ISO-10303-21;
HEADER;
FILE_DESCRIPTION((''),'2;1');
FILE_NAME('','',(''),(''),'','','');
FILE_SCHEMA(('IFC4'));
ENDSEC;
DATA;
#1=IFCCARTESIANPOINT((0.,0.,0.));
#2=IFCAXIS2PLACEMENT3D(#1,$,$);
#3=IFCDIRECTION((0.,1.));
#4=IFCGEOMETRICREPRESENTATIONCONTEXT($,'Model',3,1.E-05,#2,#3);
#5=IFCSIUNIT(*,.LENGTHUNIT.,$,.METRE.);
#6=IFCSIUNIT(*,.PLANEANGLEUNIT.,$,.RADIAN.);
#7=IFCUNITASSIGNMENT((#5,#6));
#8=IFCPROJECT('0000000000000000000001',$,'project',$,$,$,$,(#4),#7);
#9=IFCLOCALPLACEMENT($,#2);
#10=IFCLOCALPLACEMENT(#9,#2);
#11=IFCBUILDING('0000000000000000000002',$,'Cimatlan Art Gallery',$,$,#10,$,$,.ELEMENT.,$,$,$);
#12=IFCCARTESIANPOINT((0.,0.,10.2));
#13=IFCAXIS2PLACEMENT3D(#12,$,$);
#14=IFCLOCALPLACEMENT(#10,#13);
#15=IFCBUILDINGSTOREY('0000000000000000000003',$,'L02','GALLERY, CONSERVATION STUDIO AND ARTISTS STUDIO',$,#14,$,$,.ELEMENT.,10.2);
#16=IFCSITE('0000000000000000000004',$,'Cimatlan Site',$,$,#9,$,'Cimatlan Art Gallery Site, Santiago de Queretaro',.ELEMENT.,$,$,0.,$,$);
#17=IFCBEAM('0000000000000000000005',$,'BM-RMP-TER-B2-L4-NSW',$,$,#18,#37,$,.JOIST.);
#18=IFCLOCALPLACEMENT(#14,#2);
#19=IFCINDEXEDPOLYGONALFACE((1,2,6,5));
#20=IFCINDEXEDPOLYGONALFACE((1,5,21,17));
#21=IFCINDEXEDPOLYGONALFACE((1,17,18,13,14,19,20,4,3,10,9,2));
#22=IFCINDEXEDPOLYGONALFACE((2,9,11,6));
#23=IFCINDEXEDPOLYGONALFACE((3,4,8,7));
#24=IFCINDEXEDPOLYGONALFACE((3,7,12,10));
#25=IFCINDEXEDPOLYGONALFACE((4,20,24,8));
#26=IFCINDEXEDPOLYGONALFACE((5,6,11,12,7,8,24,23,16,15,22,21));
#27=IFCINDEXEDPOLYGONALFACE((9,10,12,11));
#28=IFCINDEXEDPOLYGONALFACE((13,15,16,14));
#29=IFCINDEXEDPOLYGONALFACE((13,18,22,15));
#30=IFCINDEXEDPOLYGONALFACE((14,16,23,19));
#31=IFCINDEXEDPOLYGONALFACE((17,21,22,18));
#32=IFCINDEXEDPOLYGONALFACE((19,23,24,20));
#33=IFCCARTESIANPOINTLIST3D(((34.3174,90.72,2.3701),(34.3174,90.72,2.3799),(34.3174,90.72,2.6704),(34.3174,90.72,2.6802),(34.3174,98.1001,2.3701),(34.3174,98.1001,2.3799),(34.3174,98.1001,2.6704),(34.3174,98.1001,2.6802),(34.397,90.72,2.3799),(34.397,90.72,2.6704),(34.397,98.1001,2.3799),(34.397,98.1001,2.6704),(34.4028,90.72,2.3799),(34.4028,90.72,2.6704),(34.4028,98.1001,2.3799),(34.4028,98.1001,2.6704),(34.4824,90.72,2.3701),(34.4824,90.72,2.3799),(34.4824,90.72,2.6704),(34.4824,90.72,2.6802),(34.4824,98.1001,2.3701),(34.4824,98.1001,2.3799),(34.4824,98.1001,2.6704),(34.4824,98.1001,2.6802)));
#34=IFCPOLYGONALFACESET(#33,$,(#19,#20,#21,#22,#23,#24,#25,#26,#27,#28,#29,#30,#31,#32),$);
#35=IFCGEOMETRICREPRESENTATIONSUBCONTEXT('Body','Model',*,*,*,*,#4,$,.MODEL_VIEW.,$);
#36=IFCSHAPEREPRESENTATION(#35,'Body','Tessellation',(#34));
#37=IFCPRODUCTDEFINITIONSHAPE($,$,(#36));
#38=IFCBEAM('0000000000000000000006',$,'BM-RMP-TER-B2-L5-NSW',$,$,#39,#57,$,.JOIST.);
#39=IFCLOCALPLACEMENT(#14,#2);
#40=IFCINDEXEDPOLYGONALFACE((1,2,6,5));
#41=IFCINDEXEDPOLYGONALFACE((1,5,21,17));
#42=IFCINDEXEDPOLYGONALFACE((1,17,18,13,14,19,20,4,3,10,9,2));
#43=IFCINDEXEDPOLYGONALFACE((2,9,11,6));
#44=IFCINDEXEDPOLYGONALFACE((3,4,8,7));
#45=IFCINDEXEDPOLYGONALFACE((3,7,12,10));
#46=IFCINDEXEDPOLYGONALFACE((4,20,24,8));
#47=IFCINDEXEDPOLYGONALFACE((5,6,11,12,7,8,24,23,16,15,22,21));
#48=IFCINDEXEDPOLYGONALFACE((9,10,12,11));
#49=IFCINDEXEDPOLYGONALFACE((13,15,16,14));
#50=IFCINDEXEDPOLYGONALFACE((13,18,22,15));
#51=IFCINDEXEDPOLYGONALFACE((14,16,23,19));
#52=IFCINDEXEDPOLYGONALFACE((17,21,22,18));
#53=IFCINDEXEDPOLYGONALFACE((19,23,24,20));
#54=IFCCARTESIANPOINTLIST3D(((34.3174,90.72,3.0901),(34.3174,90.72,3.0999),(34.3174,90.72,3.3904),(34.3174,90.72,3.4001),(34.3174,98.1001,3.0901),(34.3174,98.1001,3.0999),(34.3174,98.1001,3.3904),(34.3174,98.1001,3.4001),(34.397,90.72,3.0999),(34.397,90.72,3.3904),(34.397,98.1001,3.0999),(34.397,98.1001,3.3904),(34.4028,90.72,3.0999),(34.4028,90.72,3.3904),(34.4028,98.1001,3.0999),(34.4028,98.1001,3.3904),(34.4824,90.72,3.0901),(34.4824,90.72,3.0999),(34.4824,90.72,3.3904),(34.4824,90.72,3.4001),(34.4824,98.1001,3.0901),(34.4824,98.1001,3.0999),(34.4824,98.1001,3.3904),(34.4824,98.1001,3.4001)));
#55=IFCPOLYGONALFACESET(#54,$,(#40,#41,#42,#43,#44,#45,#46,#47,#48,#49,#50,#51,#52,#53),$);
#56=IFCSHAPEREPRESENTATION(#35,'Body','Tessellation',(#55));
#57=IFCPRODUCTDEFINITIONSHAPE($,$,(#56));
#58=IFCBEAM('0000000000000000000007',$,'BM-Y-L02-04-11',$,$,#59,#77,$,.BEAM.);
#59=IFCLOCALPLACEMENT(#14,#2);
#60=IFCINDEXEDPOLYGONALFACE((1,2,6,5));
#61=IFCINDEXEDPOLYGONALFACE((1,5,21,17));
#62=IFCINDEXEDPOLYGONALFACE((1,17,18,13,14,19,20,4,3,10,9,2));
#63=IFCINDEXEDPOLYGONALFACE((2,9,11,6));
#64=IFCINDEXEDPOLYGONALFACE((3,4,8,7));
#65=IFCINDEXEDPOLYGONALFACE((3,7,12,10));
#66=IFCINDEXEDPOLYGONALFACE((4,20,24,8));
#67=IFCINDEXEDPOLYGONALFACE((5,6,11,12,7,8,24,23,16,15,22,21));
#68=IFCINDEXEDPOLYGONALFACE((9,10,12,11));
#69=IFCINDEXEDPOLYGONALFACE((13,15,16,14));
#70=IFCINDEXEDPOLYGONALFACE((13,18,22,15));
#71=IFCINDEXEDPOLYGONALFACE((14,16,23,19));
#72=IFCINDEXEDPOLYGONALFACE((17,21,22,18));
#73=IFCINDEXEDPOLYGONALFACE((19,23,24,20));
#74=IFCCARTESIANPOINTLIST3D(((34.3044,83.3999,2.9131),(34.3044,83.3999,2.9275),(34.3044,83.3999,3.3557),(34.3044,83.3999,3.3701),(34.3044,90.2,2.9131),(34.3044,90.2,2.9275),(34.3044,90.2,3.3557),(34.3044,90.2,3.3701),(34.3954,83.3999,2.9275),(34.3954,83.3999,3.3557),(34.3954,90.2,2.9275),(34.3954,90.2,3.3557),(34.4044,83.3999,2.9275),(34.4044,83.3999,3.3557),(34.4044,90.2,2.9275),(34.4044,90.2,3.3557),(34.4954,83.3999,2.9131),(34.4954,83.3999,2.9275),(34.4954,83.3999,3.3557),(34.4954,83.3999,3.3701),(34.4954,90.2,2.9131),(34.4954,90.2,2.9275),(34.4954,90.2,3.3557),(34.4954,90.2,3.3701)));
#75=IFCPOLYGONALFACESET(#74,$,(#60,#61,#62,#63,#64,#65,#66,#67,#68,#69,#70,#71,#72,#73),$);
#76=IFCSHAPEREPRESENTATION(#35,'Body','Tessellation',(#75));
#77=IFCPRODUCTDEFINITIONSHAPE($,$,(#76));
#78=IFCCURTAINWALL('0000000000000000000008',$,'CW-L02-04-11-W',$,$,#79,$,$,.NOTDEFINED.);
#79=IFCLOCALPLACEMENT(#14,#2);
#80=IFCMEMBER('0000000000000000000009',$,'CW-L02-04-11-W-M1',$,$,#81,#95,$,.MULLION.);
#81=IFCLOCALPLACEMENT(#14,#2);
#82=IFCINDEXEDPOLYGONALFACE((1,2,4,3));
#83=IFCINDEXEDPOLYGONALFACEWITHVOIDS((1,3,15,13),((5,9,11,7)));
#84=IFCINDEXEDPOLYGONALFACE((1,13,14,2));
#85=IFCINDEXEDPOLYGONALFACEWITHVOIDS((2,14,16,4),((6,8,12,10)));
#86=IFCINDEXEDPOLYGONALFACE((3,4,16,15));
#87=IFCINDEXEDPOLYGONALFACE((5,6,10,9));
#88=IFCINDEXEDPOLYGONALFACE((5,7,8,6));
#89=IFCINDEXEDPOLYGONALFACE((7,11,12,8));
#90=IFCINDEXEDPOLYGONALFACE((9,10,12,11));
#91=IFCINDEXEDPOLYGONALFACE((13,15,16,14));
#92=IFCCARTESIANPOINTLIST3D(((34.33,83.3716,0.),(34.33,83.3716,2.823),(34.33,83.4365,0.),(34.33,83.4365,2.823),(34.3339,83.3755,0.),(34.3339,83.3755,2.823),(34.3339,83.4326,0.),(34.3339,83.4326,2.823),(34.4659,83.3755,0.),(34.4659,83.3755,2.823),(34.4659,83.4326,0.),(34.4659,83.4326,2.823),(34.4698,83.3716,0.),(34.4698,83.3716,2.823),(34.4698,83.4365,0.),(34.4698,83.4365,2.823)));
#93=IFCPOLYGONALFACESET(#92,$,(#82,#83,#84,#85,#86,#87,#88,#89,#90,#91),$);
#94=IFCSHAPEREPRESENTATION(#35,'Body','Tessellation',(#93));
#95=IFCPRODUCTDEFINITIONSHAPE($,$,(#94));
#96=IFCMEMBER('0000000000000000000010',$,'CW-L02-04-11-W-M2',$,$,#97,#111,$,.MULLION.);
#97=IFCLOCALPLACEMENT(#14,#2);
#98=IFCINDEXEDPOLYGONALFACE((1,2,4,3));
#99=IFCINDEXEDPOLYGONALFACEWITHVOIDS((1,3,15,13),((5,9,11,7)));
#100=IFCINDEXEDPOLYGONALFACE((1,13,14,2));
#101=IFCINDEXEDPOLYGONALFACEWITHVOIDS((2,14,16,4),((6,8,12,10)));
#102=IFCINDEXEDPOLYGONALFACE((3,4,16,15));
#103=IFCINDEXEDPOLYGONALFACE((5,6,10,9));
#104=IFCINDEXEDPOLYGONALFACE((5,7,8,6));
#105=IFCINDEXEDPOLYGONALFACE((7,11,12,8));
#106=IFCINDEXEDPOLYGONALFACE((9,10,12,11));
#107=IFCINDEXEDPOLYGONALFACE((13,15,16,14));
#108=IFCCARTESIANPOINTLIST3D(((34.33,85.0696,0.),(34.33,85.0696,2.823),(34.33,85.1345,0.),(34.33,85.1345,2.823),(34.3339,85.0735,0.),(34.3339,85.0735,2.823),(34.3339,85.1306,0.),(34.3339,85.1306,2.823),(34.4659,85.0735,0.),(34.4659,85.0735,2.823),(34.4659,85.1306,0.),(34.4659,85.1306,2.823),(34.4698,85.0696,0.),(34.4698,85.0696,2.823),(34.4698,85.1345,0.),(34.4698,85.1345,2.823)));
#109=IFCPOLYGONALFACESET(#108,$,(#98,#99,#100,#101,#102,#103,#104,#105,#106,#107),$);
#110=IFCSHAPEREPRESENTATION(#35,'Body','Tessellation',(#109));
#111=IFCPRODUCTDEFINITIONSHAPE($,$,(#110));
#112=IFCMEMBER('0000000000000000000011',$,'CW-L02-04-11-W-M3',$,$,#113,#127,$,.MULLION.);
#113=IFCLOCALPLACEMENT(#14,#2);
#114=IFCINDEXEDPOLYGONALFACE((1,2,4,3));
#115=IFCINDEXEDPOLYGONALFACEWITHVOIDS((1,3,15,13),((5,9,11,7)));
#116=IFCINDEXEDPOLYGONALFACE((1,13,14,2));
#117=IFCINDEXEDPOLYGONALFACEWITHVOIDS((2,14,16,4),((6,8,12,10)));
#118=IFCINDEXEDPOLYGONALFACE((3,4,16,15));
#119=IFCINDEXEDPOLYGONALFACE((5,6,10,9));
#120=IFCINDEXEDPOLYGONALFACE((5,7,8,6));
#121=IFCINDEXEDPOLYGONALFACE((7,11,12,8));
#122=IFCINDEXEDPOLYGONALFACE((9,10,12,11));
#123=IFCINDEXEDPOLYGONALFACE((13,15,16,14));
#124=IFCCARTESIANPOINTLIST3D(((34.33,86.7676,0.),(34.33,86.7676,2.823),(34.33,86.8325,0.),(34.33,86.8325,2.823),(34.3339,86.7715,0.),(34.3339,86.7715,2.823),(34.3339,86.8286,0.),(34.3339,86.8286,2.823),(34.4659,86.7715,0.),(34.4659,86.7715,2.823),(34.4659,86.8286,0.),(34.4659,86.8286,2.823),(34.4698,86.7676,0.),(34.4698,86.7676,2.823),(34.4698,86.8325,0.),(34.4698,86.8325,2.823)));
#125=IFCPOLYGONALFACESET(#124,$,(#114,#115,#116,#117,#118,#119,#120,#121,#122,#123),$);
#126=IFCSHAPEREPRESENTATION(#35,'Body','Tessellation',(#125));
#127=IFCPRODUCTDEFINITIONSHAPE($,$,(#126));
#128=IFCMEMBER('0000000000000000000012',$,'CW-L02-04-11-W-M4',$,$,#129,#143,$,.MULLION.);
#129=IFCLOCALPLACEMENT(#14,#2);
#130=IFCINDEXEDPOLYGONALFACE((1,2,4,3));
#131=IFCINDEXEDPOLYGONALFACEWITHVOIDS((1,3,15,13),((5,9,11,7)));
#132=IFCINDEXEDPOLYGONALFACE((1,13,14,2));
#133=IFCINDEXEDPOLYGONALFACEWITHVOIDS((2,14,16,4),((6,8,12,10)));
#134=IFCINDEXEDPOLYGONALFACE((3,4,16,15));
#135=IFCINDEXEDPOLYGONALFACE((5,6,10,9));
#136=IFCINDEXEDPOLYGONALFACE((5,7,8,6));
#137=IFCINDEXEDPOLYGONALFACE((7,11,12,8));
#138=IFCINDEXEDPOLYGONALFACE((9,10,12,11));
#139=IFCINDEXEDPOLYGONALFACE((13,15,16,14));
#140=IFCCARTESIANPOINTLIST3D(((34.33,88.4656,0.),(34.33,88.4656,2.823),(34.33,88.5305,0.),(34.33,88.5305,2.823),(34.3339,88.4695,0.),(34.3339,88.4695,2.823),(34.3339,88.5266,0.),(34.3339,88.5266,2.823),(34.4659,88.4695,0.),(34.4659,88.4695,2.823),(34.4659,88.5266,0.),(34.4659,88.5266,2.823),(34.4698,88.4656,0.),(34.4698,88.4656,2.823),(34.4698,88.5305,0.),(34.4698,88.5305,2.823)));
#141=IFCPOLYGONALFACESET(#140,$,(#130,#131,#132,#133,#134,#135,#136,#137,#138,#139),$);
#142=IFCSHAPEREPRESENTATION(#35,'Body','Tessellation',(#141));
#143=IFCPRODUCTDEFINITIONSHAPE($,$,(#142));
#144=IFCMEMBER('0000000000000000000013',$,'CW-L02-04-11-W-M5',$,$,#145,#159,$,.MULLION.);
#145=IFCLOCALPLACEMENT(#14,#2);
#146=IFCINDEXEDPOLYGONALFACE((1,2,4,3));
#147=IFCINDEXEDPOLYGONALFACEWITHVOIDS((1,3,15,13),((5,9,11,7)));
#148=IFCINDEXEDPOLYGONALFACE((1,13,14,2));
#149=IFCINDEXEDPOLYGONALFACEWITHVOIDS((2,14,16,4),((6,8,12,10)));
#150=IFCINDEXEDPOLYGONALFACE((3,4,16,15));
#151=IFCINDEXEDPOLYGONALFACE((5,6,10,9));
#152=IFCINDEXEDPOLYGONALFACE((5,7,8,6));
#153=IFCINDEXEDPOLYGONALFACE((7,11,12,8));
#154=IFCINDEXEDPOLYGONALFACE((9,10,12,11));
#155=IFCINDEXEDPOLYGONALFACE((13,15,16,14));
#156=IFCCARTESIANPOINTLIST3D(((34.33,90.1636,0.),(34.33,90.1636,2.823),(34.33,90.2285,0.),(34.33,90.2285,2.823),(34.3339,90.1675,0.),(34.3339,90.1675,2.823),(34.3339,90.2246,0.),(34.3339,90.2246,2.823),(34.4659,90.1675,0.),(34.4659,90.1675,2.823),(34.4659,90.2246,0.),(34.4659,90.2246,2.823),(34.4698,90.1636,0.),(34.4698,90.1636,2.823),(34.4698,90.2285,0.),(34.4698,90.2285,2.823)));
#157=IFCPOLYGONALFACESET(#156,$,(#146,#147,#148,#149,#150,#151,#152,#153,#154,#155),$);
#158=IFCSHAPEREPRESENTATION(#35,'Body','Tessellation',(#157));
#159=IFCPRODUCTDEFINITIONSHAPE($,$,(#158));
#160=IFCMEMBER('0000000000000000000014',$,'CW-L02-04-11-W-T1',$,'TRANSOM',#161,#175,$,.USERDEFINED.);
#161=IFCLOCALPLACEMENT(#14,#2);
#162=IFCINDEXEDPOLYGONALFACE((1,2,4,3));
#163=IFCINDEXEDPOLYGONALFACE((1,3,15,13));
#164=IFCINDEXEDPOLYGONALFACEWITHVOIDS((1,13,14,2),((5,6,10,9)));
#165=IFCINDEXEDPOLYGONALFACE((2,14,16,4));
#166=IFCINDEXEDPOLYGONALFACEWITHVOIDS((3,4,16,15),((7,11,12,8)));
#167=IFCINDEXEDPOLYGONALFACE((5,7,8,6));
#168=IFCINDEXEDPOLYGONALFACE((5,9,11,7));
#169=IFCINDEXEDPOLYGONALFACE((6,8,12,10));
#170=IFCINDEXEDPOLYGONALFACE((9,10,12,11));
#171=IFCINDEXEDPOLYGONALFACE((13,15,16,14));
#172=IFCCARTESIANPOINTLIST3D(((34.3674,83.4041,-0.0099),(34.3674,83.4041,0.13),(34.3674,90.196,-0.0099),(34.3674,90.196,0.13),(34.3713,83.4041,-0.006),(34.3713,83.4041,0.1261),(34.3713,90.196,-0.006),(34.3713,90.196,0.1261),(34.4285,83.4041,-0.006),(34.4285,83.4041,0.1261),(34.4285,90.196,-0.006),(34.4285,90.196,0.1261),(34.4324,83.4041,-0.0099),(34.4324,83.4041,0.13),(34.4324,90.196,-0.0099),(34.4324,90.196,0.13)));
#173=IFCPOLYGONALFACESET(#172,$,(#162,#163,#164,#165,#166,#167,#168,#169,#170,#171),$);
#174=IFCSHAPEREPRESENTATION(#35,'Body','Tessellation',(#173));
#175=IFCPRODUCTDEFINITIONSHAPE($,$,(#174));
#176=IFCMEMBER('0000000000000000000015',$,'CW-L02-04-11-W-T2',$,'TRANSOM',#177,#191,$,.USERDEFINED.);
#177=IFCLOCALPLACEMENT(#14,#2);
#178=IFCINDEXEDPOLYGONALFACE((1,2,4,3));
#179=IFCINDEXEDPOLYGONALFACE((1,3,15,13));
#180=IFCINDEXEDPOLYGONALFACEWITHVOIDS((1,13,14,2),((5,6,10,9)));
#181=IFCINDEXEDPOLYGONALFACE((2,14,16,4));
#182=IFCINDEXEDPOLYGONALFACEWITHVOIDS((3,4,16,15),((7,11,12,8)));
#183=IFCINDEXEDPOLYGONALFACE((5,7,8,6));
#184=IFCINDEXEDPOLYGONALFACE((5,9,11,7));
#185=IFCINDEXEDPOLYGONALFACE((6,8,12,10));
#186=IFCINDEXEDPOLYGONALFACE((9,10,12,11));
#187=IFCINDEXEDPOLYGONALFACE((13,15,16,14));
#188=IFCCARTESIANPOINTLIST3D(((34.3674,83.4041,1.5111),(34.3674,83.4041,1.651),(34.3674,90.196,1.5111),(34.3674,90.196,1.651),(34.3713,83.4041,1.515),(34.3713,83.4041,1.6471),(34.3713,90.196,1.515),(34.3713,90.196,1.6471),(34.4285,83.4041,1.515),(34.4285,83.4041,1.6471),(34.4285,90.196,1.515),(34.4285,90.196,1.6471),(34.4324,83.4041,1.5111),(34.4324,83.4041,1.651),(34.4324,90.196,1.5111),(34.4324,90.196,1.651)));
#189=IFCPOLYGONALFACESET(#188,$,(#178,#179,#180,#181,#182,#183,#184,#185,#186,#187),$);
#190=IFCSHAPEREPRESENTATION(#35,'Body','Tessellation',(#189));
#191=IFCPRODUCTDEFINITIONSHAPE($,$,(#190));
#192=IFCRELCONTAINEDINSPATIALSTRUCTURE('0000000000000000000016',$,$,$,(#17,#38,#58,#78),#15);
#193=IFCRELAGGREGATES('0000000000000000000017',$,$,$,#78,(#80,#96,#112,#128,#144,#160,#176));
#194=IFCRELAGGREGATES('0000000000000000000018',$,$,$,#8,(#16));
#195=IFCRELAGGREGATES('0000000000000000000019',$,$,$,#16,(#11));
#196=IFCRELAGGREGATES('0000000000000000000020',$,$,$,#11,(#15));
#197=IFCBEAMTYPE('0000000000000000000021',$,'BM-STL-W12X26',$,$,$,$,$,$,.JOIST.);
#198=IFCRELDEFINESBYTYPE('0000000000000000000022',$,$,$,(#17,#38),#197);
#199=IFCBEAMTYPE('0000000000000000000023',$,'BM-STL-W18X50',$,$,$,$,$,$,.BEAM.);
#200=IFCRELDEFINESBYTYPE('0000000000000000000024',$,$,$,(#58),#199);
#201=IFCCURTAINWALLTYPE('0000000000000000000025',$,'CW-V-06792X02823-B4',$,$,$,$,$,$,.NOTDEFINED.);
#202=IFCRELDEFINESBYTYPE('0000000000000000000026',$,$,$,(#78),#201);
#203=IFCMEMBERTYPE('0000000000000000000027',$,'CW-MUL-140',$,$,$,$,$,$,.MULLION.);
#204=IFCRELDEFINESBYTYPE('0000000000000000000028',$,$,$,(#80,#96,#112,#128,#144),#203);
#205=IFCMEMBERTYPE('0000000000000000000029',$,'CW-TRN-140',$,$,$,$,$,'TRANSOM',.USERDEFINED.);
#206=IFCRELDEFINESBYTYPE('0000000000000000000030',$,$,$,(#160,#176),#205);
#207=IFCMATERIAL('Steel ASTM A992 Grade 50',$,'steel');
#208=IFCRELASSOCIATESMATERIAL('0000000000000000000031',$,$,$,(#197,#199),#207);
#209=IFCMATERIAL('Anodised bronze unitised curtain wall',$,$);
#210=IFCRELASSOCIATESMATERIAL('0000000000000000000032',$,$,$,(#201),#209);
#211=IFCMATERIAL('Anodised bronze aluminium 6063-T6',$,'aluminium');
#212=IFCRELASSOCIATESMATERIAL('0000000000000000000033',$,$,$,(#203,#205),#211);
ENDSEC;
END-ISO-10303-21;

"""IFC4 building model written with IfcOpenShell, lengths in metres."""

from ifc_helpers import new_model, si_unit, direction, frame, origin, origin_2d, place, context, subcontext, project, spatial, hollow_rectangle, i_section, extrude, material, material_profile, profile_set, type_object, element, aggregate, save


model = new_model("IFC4")

# Units and contexts
model_context = context("Model", 3, precision=1e-05, world=origin(), true_north=direction((0.0, 1.0)))
body_context = subcontext(model_context, "Body", "Model", "MODEL_VIEW")
ifc_project = project(units=[si_unit("LENGTHUNIT", "METRE"), si_unit("PLANEANGLEUNIT", "RADIAN")], contexts=[model_context])

# Site, building, storey
site_placement = place(None, origin())
site = spatial("IfcSite", under=ifc_project, at=site_placement, Name="Cimatlan Site", LongName="Cimatlan Art Gallery Site, Santiago de Queretaro", CompositionType="ELEMENT", RefElevation=0.0)
building_placement = place(site_placement, origin())
building = spatial("IfcBuilding", under=site, at=building_placement, Name="Cimatlan Art Gallery", CompositionType="ELEMENT")
storey_placement = place(building_placement, frame((0.0, 0.0, 10.2)))
storey = spatial("IfcBuildingStorey", under=building, at=storey_placement, Name="L02", Description="GALLERY, CONSERVATION STUDIO AND ARTISTS STUDIO", CompositionType="ELEMENT", Elevation=10.2)

# Shared definitions
ifc_material_1 = material(Name="Steel ASTM A992 Grade 50", Category="steel")

# Beams
ifc_material_profile_1 = material_profile(ifc_material_1, i_section(OverallWidth=0.165, OverallDepth=0.3101, WebThickness=0.0059, FlangeThickness=0.0098, at=origin_2d()), Name="W12X26")
ifc_profile_set_1 = profile_set([ifc_material_profile_1], Name="Steel ASTM A992 Grade 50")
beam_type_1 = type_object("IfcBeamType", Name="BM-STL-W12X26", PredefinedType="JOIST", material=ifc_profile_set_1)
for number, where, z_axis, x_axis, name in (
    (1, (34.3999, 90.72, 2.5251), (0.0, 1.0, 0.0), (-1.0, 0.0, 0.0), "BM-RMP-TER-B2-L4-NSW"),
    (2, (34.3999, 90.72, 3.2451), (0.0, 1.0, 0.0), (-1.0, 0.0, 0.0), "BM-RMP-TER-B2-L5-NSW"),
):
    element("IfcBeam", number, at=place(storey_placement, frame(where, z_axis=z_axis, x_axis=x_axis)), inside=storey, type_object=beam_type_1, Name=name, PredefinedType="JOIST", context=body_context, shape_type="SweptSolid", body=[
        extrude(i_section(OverallWidth=0.165, OverallDepth=0.3101, WebThickness=0.0059, FlangeThickness=0.0098, at=origin_2d()), origin(), (0.0, 0.0, 1.0), 7.3801),
    ])
ifc_material_profile_2 = material_profile(ifc_material_1, i_section(OverallWidth=0.1909, OverallDepth=0.457, WebThickness=0.009, FlangeThickness=0.0144, at=origin_2d()), Name="W18X50")
ifc_profile_set_2 = profile_set([ifc_material_profile_2], Name="Steel ASTM A992 Grade 50")
beam_type_2 = type_object("IfcBeamType", Name="BM-STL-W18X50", PredefinedType="BEAM", material=ifc_profile_set_2)
beam_1_placement = place(storey_placement, frame((34.3999, 83.3999, 3.1416), z_axis=(0.0, 1.0, 0.0), x_axis=(-1.0, 0.0, 0.0)))
element("IfcBeam", 3, at=beam_1_placement, inside=storey, type_object=beam_type_2, Name="BM-Y-L02-04-11", PredefinedType="BEAM", context=body_context, shape_type="SweptSolid", body=[
    extrude(i_section(OverallWidth=0.1909, OverallDepth=0.457, WebThickness=0.009, FlangeThickness=0.0144, at=origin_2d()), origin(), (0.0, 0.0, 1.0), 6.8),
])

# Curtain wall, members
ifc_material_2 = material(Name="Anodised bronze unitised curtain wall")
curtain_wall_type = type_object("IfcCurtainWallType", Name="CW-V-06792X02823-B4", PredefinedType="NOTDEFINED", material=ifc_material_2)
curtain_wall_placement = place(storey_placement, origin())
curtain_wall = element("IfcCurtainWall", 4, at=curtain_wall_placement, inside=storey, type_object=curtain_wall_type, Name="CW-L02-04-11-W", PredefinedType="NOTDEFINED")
ifc_material_3 = material(Name="Anodised bronze aluminium 6063-T6", Category="aluminium")
ifc_material_profile_3 = material_profile(ifc_material_3, hollow_rectangle(XDim=0.0649, YDim=0.1399, WallThickness=0.0039, at=origin_2d()), Name="ALU65X140X4")
ifc_profile_set_3 = profile_set([ifc_material_profile_3], Name="Anodised bronze aluminium 6063-T6")
member_type_1 = type_object("IfcMemberType", Name="CW-MUL-140", PredefinedType="MULLION", material=ifc_profile_set_3)
member_1_placement = place(storey_placement, frame((34.3999, 83.4041, 0.0), z_axis=(0.0, 0.0, 1.0), x_axis=(0.0, 1.0, 0.0)))
member_1 = element("IfcMember", 5, at=member_1_placement, type_object=member_type_1, Name="CW-L02-04-11-W-M1", PredefinedType="MULLION", context=body_context, shape_type="SweptSolid", body=[
    extrude(hollow_rectangle(XDim=0.0649, YDim=0.1399, WallThickness=0.0039, at=origin_2d()), origin(), (0.0, 0.0, 1.0), 2.823),
])
member_2_placement = place(storey_placement, frame((34.3999, 85.1021, 0.0), z_axis=(0.0, 0.0, 1.0), x_axis=(0.0, 1.0, 0.0)))
member_2 = element("IfcMember", 6, at=member_2_placement, type_object=member_type_1, Name="CW-L02-04-11-W-M2", PredefinedType="MULLION", context=body_context, shape_type="SweptSolid", body=[
    extrude(hollow_rectangle(XDim=0.0649, YDim=0.1399, WallThickness=0.0039, at=origin_2d()), origin(), (0.0, 0.0, 1.0), 2.823),
])
member_3_placement = place(storey_placement, frame((34.3999, 86.8, 0.0), z_axis=(0.0, 0.0, 1.0), x_axis=(0.0, 1.0, 0.0)))
member_3 = element("IfcMember", 7, at=member_3_placement, type_object=member_type_1, Name="CW-L02-04-11-W-M3", PredefinedType="MULLION", context=body_context, shape_type="SweptSolid", body=[
    extrude(hollow_rectangle(XDim=0.0649, YDim=0.1399, WallThickness=0.0039, at=origin_2d()), origin(), (0.0, 0.0, 1.0), 2.823),
])
member_4_placement = place(storey_placement, frame((34.3999, 88.498, 0.0), z_axis=(0.0, 0.0, 1.0), x_axis=(0.0, 1.0, 0.0)))
member_4 = element("IfcMember", 8, at=member_4_placement, type_object=member_type_1, Name="CW-L02-04-11-W-M4", PredefinedType="MULLION", context=body_context, shape_type="SweptSolid", body=[
    extrude(hollow_rectangle(XDim=0.0649, YDim=0.1399, WallThickness=0.0039, at=origin_2d()), origin(), (0.0, 0.0, 1.0), 2.823),
])
member_5_placement = place(storey_placement, frame((34.3999, 90.196, 0.0), z_axis=(0.0, 0.0, 1.0), x_axis=(0.0, 1.0, 0.0)))
member_5 = element("IfcMember", 9, at=member_5_placement, type_object=member_type_1, Name="CW-L02-04-11-W-M5", PredefinedType="MULLION", context=body_context, shape_type="SweptSolid", body=[
    extrude(hollow_rectangle(XDim=0.0649, YDim=0.1399, WallThickness=0.0039, at=origin_2d()), origin(), (0.0, 0.0, 1.0), 2.823),
])
ifc_material_profile_4 = material_profile(ifc_material_3, hollow_rectangle(XDim=0.0649, YDim=0.1399, WallThickness=0.0039, at=origin_2d()), Name="ALU65X140X4")
ifc_profile_set_4 = profile_set([ifc_material_profile_4], Name="Anodised bronze aluminium 6063-T6")
member_type_2 = type_object("IfcMemberType", Name="CW-TRN-140", ElementType="TRANSOM", PredefinedType="USERDEFINED", material=ifc_profile_set_4)
member_6_placement = place(storey_placement, frame((34.3999, 83.4041, 0.0601), z_axis=(0.0, 1.0, 0.0), x_axis=(-1.0, 0.0, 0.0)))
member_6 = element("IfcMember", 10, at=member_6_placement, type_object=member_type_2, Name="CW-L02-04-11-W-T1", ObjectType="TRANSOM", PredefinedType="USERDEFINED", context=body_context, shape_type="SweptSolid", body=[
    extrude(hollow_rectangle(XDim=0.0649, YDim=0.1399, WallThickness=0.0039, at=origin_2d()), origin(), (0.0, 0.0, 1.0), 6.792),
])
member_7_placement = place(storey_placement, frame((34.3999, 83.4041, 1.5811), z_axis=(0.0, 1.0, 0.0), x_axis=(-1.0, 0.0, 0.0)))
member_7 = element("IfcMember", 11, at=member_7_placement, type_object=member_type_2, Name="CW-L02-04-11-W-T2", ObjectType="TRANSOM", PredefinedType="USERDEFINED", context=body_context, shape_type="SweptSolid", body=[
    extrude(hollow_rectangle(XDim=0.0649, YDim=0.1399, WallThickness=0.0039, at=origin_2d()), origin(), (0.0, 0.0, 1.0), 6.792),
])
aggregate(curtain_wall, [member_1, member_2, member_3, member_4, member_5, member_6, member_7])

save(model, "model.ifc")
